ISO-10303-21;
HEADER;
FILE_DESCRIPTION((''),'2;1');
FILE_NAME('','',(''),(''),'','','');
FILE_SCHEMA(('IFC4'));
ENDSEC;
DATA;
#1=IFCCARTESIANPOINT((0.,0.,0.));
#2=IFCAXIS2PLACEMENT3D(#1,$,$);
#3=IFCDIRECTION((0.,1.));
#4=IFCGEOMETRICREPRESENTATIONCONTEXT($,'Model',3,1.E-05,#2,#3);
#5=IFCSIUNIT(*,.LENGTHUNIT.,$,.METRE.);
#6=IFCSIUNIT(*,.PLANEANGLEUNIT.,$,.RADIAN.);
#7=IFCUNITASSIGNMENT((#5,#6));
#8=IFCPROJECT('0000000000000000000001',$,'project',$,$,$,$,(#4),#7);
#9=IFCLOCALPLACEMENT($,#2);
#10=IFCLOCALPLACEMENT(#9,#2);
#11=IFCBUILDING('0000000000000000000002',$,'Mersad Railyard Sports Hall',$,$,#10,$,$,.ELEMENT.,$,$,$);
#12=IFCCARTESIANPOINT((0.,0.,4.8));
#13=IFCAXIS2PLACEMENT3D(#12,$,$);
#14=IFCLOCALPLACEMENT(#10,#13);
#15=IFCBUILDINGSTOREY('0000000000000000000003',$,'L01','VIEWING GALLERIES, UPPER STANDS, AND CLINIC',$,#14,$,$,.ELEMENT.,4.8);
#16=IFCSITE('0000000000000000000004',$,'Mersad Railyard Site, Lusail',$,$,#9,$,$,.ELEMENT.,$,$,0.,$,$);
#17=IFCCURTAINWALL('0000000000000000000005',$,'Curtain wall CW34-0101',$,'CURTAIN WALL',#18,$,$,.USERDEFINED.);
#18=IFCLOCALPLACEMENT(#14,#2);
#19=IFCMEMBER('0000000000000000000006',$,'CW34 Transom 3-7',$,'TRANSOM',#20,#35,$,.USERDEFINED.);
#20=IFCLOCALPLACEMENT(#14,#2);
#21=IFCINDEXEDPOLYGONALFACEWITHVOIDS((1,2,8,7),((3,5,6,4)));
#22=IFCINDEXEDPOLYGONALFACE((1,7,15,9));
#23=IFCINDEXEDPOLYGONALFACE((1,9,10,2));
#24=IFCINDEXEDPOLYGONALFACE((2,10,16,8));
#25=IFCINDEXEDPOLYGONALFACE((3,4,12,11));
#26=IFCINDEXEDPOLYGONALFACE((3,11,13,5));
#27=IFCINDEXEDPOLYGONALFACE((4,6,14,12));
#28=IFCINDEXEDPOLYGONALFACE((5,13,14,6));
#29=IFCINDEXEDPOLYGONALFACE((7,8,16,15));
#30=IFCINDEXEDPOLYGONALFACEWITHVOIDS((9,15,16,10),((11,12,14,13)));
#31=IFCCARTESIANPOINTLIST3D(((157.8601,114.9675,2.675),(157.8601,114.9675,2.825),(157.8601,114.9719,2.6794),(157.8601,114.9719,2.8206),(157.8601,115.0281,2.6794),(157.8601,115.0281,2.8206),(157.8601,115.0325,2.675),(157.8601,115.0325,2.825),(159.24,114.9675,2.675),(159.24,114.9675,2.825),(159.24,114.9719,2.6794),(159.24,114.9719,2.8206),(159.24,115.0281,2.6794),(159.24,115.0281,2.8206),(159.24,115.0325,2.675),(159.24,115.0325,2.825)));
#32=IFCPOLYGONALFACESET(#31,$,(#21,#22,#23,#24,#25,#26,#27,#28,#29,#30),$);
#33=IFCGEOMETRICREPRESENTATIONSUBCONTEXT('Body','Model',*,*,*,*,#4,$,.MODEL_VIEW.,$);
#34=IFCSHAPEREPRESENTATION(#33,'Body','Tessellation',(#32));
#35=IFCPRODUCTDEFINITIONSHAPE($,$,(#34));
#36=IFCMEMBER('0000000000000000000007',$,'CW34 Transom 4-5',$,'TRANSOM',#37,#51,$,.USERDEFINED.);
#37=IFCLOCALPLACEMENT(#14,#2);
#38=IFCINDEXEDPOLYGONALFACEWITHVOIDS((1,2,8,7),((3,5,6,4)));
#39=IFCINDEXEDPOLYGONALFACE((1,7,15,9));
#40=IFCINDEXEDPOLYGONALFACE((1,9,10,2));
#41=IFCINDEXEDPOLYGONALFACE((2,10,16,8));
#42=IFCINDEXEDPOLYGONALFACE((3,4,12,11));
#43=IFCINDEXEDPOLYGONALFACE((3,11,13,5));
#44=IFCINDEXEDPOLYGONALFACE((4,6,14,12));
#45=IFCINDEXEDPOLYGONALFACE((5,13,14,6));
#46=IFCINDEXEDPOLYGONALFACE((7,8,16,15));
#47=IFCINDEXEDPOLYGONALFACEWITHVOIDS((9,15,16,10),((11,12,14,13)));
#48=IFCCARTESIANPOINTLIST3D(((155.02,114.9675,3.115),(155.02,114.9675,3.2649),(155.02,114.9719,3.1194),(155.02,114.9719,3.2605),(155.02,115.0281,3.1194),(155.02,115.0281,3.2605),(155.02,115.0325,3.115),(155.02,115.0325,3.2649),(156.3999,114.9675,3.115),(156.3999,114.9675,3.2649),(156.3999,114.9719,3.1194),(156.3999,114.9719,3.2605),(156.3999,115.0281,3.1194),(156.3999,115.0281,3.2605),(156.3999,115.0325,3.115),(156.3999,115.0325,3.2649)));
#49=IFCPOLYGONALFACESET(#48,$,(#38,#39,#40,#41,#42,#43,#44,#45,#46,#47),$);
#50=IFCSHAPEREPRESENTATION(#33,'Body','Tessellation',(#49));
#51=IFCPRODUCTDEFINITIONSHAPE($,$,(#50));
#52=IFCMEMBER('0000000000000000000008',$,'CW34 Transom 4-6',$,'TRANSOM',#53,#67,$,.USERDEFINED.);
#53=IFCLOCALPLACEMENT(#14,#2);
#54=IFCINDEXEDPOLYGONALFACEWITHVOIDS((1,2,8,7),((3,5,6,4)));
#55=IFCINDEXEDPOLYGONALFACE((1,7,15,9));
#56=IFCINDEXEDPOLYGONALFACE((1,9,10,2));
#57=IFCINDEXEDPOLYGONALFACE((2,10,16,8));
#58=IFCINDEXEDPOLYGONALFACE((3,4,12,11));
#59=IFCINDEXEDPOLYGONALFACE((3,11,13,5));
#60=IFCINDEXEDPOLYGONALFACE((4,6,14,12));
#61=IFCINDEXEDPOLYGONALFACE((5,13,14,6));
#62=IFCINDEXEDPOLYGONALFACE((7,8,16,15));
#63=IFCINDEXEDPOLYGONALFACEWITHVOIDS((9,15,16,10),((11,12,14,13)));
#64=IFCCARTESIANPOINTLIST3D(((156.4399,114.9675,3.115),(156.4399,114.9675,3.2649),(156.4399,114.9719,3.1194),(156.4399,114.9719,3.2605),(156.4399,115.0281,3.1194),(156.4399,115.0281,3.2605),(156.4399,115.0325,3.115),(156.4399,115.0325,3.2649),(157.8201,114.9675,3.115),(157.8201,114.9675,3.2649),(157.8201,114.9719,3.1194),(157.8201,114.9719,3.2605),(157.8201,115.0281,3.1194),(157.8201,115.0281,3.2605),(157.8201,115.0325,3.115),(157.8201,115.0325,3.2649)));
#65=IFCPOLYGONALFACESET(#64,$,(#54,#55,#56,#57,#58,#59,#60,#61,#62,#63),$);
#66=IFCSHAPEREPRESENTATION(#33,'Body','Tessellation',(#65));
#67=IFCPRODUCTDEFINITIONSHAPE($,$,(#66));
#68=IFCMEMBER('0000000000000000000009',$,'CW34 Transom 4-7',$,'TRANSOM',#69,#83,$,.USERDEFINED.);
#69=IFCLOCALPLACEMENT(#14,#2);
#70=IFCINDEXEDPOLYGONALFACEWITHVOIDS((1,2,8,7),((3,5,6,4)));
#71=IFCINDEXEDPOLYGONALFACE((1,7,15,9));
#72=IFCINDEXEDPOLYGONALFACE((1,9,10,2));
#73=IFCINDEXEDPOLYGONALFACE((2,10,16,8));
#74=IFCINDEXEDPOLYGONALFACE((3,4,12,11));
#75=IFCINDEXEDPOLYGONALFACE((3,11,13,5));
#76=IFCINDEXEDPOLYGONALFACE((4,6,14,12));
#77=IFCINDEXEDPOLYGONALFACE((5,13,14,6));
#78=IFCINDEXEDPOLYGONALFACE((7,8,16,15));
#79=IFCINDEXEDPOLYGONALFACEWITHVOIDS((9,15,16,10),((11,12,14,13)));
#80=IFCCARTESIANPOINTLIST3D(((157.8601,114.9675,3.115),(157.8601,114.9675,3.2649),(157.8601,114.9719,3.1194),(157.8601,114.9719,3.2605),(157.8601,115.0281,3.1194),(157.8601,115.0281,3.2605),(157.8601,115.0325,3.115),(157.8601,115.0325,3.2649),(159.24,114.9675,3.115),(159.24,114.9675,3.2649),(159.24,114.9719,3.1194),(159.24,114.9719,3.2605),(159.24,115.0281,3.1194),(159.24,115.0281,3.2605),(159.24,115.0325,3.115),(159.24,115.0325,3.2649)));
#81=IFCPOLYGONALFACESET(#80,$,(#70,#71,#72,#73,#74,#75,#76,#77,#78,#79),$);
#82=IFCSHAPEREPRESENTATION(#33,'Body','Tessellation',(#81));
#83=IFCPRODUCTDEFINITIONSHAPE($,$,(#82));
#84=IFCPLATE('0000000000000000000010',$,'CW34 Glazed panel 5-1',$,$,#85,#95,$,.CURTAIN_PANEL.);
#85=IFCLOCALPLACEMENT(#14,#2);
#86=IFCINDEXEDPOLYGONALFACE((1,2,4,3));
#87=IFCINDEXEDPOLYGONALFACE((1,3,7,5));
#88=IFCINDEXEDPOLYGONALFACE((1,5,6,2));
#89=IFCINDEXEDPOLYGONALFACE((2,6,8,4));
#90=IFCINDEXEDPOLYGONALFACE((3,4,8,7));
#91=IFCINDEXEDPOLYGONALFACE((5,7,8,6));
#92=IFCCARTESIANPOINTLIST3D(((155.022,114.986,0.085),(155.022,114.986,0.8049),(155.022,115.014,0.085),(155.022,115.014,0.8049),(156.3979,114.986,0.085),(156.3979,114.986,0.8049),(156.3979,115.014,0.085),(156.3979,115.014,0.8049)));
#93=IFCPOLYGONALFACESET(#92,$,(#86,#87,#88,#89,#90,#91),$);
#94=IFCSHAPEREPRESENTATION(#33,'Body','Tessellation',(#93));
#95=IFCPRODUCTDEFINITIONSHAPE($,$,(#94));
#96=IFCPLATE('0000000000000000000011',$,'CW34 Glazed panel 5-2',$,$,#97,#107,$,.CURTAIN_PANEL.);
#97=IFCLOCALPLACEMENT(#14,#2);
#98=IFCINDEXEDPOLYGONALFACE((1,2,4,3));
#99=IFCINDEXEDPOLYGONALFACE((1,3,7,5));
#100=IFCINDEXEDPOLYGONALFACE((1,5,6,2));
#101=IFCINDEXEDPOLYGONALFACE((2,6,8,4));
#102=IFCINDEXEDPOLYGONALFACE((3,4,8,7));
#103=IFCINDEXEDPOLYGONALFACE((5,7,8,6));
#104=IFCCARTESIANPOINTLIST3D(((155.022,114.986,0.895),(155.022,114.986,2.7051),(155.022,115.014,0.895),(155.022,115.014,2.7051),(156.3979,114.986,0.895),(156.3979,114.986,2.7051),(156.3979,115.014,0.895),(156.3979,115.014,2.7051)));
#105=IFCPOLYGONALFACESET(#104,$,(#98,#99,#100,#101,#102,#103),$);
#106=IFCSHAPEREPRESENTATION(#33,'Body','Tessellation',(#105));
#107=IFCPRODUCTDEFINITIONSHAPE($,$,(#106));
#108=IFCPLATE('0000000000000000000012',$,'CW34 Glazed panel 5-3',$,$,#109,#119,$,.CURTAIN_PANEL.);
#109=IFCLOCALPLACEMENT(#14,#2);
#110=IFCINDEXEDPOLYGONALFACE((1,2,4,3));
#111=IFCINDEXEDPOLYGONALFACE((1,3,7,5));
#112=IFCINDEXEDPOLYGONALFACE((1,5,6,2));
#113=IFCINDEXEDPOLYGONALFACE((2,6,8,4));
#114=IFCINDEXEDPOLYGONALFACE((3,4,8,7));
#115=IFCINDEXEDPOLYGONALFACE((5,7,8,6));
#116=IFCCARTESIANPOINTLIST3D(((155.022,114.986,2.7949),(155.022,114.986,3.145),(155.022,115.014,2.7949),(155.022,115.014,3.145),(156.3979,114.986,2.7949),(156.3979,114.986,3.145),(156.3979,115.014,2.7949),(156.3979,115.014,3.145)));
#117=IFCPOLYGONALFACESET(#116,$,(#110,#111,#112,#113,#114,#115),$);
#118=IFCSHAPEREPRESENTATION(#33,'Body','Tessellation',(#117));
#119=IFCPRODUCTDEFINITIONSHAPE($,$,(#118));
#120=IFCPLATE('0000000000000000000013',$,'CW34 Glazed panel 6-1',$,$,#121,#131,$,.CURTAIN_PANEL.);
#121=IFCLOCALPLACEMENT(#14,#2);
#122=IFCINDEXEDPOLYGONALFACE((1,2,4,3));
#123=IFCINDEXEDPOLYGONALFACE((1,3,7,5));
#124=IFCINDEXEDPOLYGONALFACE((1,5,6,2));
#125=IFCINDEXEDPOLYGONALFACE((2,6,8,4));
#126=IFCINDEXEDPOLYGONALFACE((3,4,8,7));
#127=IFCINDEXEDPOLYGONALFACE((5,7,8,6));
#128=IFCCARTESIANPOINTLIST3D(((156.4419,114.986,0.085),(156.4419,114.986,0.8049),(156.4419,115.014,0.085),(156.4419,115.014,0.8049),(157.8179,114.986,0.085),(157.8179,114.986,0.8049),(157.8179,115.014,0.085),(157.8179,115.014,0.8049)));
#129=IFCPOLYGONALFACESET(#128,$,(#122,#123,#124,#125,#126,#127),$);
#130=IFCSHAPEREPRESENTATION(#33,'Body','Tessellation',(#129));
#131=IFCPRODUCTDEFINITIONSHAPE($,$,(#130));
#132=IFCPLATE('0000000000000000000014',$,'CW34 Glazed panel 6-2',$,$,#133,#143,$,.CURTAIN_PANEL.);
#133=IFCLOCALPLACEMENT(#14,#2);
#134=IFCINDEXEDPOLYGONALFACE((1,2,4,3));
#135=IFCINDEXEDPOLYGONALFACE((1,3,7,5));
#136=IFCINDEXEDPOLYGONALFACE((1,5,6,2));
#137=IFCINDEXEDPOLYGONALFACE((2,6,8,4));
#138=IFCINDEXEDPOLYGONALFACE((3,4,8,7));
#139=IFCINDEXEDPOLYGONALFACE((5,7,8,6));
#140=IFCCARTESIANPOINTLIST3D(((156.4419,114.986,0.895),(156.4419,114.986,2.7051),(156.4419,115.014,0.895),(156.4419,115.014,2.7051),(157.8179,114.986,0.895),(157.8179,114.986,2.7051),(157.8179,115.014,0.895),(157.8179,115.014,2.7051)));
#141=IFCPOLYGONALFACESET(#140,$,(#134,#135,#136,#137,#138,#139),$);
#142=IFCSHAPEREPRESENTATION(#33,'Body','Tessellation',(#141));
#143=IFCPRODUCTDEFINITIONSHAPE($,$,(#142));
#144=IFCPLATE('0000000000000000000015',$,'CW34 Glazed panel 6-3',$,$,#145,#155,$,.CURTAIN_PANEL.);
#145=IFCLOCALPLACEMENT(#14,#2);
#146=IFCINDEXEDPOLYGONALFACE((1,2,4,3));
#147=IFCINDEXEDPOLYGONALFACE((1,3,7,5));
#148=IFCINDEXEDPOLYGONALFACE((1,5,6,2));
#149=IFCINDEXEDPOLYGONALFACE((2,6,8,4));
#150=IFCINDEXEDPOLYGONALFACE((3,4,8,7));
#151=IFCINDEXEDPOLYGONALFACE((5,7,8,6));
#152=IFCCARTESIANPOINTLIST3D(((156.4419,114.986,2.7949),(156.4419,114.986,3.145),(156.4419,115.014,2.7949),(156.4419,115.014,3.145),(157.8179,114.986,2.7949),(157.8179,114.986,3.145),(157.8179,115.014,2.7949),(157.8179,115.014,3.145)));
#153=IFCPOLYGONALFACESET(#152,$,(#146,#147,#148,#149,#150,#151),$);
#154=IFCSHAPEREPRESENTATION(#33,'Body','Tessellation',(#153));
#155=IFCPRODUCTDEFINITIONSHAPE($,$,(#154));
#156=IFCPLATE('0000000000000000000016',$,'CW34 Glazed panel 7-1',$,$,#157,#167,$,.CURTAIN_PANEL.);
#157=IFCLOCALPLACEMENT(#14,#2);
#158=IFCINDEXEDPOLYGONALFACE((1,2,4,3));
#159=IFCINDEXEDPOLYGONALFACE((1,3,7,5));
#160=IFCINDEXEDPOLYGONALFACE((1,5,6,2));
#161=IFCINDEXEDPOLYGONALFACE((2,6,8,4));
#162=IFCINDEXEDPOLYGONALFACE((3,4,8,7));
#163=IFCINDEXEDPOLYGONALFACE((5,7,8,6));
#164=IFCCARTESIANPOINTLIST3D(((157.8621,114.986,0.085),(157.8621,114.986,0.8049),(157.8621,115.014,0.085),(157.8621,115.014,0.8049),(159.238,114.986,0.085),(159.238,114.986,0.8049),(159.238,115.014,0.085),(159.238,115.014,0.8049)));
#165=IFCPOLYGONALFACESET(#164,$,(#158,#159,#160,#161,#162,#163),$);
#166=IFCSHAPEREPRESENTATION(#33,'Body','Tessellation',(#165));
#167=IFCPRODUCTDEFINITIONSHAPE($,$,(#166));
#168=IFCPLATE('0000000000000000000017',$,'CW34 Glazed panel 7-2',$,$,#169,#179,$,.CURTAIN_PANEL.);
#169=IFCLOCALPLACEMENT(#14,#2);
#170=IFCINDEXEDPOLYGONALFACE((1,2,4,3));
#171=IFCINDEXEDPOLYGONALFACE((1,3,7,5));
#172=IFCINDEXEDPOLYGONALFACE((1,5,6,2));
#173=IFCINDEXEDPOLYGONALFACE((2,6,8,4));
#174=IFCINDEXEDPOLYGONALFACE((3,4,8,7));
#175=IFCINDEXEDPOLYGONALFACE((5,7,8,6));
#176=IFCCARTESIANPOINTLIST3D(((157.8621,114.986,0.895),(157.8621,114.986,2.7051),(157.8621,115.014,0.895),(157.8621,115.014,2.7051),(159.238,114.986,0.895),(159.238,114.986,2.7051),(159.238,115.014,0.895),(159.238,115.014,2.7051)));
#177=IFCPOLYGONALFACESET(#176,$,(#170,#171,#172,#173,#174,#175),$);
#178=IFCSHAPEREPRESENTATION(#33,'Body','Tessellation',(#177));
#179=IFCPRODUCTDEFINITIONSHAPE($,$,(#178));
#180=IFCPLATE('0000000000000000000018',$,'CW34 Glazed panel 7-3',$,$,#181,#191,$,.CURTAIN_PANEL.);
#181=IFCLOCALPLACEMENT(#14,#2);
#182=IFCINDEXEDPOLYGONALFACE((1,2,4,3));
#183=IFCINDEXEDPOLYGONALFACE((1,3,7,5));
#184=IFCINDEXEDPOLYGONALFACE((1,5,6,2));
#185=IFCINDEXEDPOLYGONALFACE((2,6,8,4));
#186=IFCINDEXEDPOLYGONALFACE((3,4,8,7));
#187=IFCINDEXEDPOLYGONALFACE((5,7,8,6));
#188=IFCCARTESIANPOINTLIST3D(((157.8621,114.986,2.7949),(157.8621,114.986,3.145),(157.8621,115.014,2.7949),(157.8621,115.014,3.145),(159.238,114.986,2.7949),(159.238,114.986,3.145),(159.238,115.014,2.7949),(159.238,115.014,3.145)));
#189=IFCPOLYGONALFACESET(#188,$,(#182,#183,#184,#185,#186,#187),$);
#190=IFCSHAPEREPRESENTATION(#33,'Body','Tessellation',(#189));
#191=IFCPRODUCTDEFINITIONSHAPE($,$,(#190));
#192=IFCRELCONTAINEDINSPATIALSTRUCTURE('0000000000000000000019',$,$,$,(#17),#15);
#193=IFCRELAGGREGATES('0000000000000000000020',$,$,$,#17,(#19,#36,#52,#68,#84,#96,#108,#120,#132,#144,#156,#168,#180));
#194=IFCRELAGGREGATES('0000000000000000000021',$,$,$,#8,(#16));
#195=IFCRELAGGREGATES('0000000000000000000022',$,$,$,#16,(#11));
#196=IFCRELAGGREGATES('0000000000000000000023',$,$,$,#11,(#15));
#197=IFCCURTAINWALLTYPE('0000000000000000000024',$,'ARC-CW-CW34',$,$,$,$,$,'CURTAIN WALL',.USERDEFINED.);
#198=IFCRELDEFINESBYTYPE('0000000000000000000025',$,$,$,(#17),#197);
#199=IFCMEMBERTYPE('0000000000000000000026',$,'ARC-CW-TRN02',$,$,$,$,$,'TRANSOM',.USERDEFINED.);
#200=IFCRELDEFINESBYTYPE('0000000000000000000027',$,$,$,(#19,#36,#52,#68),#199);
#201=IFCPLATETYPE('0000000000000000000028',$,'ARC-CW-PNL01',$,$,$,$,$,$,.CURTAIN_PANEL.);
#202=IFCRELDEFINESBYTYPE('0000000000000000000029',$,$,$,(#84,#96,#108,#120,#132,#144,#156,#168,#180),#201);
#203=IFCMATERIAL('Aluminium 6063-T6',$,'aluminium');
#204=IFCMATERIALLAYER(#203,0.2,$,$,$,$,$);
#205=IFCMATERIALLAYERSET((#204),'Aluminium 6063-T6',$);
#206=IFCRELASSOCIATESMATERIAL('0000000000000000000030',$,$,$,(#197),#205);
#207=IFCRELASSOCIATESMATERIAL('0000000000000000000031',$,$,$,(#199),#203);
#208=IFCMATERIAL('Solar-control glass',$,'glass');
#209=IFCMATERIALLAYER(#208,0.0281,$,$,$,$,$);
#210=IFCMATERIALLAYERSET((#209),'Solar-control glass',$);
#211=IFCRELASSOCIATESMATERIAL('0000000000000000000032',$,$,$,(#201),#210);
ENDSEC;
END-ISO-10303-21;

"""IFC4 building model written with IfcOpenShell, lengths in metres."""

from ifc_helpers import new_model, si_unit, direction, frame, origin, origin_2d, place, context, subcontext, project, spatial, rectangle, hollow_rectangle, extrude, material, layer, layer_set, material_profile, profile_set, type_object, element, aggregate, save


model = new_model("IFC4")

# Units and contexts
model_context = context("Model", 3, precision=1e-05, world=origin(), true_north=direction((0.0, 1.0)))
body_context = subcontext(model_context, "Body", "Model", "MODEL_VIEW")
ifc_project = project(units=[si_unit("LENGTHUNIT", "METRE"), si_unit("PLANEANGLEUNIT", "RADIAN")], contexts=[model_context])

# Site, building, storey
site_placement = place(None, origin())
site = spatial("IfcSite", under=ifc_project, at=site_placement, Name="Mersad Railyard Site, Lusail", CompositionType="ELEMENT", RefElevation=0.0)
building_placement = place(site_placement, origin())
building = spatial("IfcBuilding", under=site, at=building_placement, Name="Mersad Railyard Sports Hall", CompositionType="ELEMENT")
storey_placement = place(building_placement, frame((0.0, 0.0, 4.8)))
storey = spatial("IfcBuildingStorey", under=building, at=storey_placement, Name="L01", Description="VIEWING GALLERIES, UPPER STANDS, AND CLINIC", CompositionType="ELEMENT", Elevation=4.8)

# Curtain wall, members, plates
ifc_material_1 = material(Name="Aluminium 6063-T6", Category="aluminium")
ifc_layer_1 = layer(ifc_material_1, 0.2)
ifc_layer_set_1 = layer_set([ifc_layer_1], Name="Aluminium 6063-T6")
curtain_wall_type = type_object("IfcCurtainWallType", Name="ARC-CW-CW34", ElementType="CURTAIN WALL", PredefinedType="USERDEFINED", material=ifc_layer_set_1)
curtain_wall_placement = place(storey_placement, origin())
curtain_wall = element("IfcCurtainWall", 1, at=curtain_wall_placement, inside=storey, type_object=curtain_wall_type, Name="Curtain wall CW34-0101", ObjectType="CURTAIN WALL", PredefinedType="USERDEFINED")
ifc_material_profile_1 = material_profile(ifc_material_1, hollow_rectangle(XDim=0.0649, YDim=0.1499, WallThickness=0.0044, at=origin_2d()), Name="AL TRANSOM 65x150x4.5")
ifc_profile_set_1 = profile_set([ifc_material_profile_1], Name="Aluminium 6063-T6")
member_type_1 = type_object("IfcMemberType", Name="ARC-CW-TRN02", ElementType="TRANSOM", PredefinedType="USERDEFINED", material=ifc_profile_set_1)
member_1_placement = place(storey_placement, frame((157.8601, 115.0, 2.75), z_axis=(1.0, 0.0, 0.0), x_axis=(0.0, 1.0, 0.0)))
member_1 = element("IfcMember", 2, at=member_1_placement, type_object=member_type_1, Name="CW34 Transom 3-7", ObjectType="TRANSOM", PredefinedType="USERDEFINED", context=body_context, shape_type="SweptSolid", body=[
    extrude(hollow_rectangle(XDim=0.0649, YDim=0.1499, WallThickness=0.0044, at=origin_2d()), origin(), (0.0, 0.0, 1.0), 1.3799),
])
member_2_placement = place(storey_placement, frame((155.02, 115.0, 3.1899), z_axis=(1.0, 0.0, 0.0), x_axis=(0.0, 1.0, 0.0)))
member_2 = element("IfcMember", 3, at=member_2_placement, type_object=member_type_1, Name="CW34 Transom 4-5", ObjectType="TRANSOM", PredefinedType="USERDEFINED", context=body_context, shape_type="SweptSolid", body=[
    extrude(hollow_rectangle(XDim=0.0649, YDim=0.1499, WallThickness=0.0044, at=origin_2d()), origin(), (0.0, 0.0, 1.0), 1.3799),
])
member_3_placement = place(storey_placement, frame((156.4399, 115.0, 3.1899), z_axis=(1.0, 0.0, 0.0), x_axis=(0.0, 1.0, 0.0)))
member_3 = element("IfcMember", 4, at=member_3_placement, type_object=member_type_1, Name="CW34 Transom 4-6", ObjectType="TRANSOM", PredefinedType="USERDEFINED", context=body_context, shape_type="SweptSolid", body=[
    extrude(hollow_rectangle(XDim=0.0649, YDim=0.1499, WallThickness=0.0044, at=origin_2d()), origin(), (0.0, 0.0, 1.0), 1.3801),
])
member_4_placement = place(storey_placement, frame((157.8601, 115.0, 3.1899), z_axis=(1.0, 0.0, 0.0), x_axis=(0.0, 1.0, 0.0)))
member_4 = element("IfcMember", 5, at=member_4_placement, type_object=member_type_1, Name="CW34 Transom 4-7", ObjectType="TRANSOM", PredefinedType="USERDEFINED", context=body_context, shape_type="SweptSolid", body=[
    extrude(hollow_rectangle(XDim=0.0649, YDim=0.1499, WallThickness=0.0044, at=origin_2d()), origin(), (0.0, 0.0, 1.0), 1.3799),
])
ifc_material_2 = material(Name="Solar-control glass", Category="glass")
ifc_layer_2 = layer(ifc_material_2, 0.0281)
ifc_layer_set_2 = layer_set([ifc_layer_2], Name="Solar-control glass")
plate_type = type_object("IfcPlateType", Name="ARC-CW-PNL01", PredefinedType="CURTAIN_PANEL", material=ifc_layer_set_2)
plate_1_placement = place(storey_placement, frame((155.71, 115.0, 0.085), z_axis=(0.0, 0.0, 1.0), x_axis=(1.0, 0.0, 0.0)))
plate_1 = element("IfcPlate", 6, at=plate_1_placement, type_object=plate_type, Name="CW34 Glazed panel 5-1", PredefinedType="CURTAIN_PANEL", context=body_context, shape_type="SweptSolid", body=[
    extrude(rectangle(XDim=1.376, YDim=0.0281, at=origin_2d()), origin(), (0.0, 0.0, 1.0), 0.72),
])
plate_2_placement = place(storey_placement, frame((155.71, 115.0, 0.895), z_axis=(0.0, 0.0, 1.0), x_axis=(1.0, 0.0, 0.0)))
plate_2 = element("IfcPlate", 7, at=plate_2_placement, type_object=plate_type, Name="CW34 Glazed panel 5-2", PredefinedType="CURTAIN_PANEL", context=body_context, shape_type="SweptSolid", body=[
    extrude(rectangle(XDim=1.376, YDim=0.0281, at=origin_2d()), origin(), (0.0, 0.0, 1.0), 1.8101),
])
plate_3_placement = place(storey_placement, frame((155.71, 115.0, 2.7949), z_axis=(0.0, 0.0, 1.0), x_axis=(1.0, 0.0, 0.0)))
plate_3 = element("IfcPlate", 8, at=plate_3_placement, type_object=plate_type, Name="CW34 Glazed panel 5-3", PredefinedType="CURTAIN_PANEL", context=body_context, shape_type="SweptSolid", body=[
    extrude(rectangle(XDim=1.376, YDim=0.0281, at=origin_2d()), origin(), (0.0, 0.0, 1.0), 0.3501),
])
plate_4_placement = place(storey_placement, frame((157.1299, 115.0, 0.085), z_axis=(0.0, 0.0, 1.0), x_axis=(1.0, 0.0, 0.0)))
plate_4 = element("IfcPlate", 9, at=plate_4_placement, type_object=plate_type, Name="CW34 Glazed panel 6-1", PredefinedType="CURTAIN_PANEL", context=body_context, shape_type="SweptSolid", body=[
    extrude(rectangle(XDim=1.376, YDim=0.0281, at=origin_2d()), origin(), (0.0, 0.0, 1.0), 0.72),
])
plate_5_placement = place(storey_placement, frame((157.1299, 115.0, 0.895), z_axis=(0.0, 0.0, 1.0), x_axis=(1.0, 0.0, 0.0)))
plate_5 = element("IfcPlate", 10, at=plate_5_placement, type_object=plate_type, Name="CW34 Glazed panel 6-2", PredefinedType="CURTAIN_PANEL", context=body_context, shape_type="SweptSolid", body=[
    extrude(rectangle(XDim=1.376, YDim=0.0281, at=origin_2d()), origin(), (0.0, 0.0, 1.0), 1.8101),
])
plate_6_placement = place(storey_placement, frame((157.1299, 115.0, 2.7949), z_axis=(0.0, 0.0, 1.0), x_axis=(1.0, 0.0, 0.0)))
plate_6 = element("IfcPlate", 11, at=plate_6_placement, type_object=plate_type, Name="CW34 Glazed panel 6-3", PredefinedType="CURTAIN_PANEL", context=body_context, shape_type="SweptSolid", body=[
    extrude(rectangle(XDim=1.376, YDim=0.0281, at=origin_2d()), origin(), (0.0, 0.0, 1.0), 0.3501),
])
plate_7_placement = place(storey_placement, frame((158.55, 115.0, 0.085), z_axis=(0.0, 0.0, 1.0), x_axis=(1.0, 0.0, 0.0)))
plate_7 = element("IfcPlate", 12, at=plate_7_placement, type_object=plate_type, Name="CW34 Glazed panel 7-1", PredefinedType="CURTAIN_PANEL", context=body_context, shape_type="SweptSolid", body=[
    extrude(rectangle(XDim=1.376, YDim=0.0281, at=origin_2d()), origin(), (0.0, 0.0, 1.0), 0.72),
])
plate_8_placement = place(storey_placement, frame((158.55, 115.0, 0.895), z_axis=(0.0, 0.0, 1.0), x_axis=(1.0, 0.0, 0.0)))
plate_8 = element("IfcPlate", 13, at=plate_8_placement, type_object=plate_type, Name="CW34 Glazed panel 7-2", PredefinedType="CURTAIN_PANEL", context=body_context, shape_type="SweptSolid", body=[
    extrude(rectangle(XDim=1.376, YDim=0.0281, at=origin_2d()), origin(), (0.0, 0.0, 1.0), 1.8101),
])
plate_9_placement = place(storey_placement, frame((158.55, 115.0, 2.7949), z_axis=(0.0, 0.0, 1.0), x_axis=(1.0, 0.0, 0.0)))
plate_9 = element("IfcPlate", 14, at=plate_9_placement, type_object=plate_type, Name="CW34 Glazed panel 7-3", PredefinedType="CURTAIN_PANEL", context=body_context, shape_type="SweptSolid", body=[
    extrude(rectangle(XDim=1.376, YDim=0.0281, at=origin_2d()), origin(), (0.0, 0.0, 1.0), 0.3501),
])
aggregate(curtain_wall, [member_1, member_2, member_3, member_4, plate_1, plate_2, plate_3, plate_4, plate_5, plate_6, plate_7, plate_8, plate_9])

save(model, "model.ifc")
